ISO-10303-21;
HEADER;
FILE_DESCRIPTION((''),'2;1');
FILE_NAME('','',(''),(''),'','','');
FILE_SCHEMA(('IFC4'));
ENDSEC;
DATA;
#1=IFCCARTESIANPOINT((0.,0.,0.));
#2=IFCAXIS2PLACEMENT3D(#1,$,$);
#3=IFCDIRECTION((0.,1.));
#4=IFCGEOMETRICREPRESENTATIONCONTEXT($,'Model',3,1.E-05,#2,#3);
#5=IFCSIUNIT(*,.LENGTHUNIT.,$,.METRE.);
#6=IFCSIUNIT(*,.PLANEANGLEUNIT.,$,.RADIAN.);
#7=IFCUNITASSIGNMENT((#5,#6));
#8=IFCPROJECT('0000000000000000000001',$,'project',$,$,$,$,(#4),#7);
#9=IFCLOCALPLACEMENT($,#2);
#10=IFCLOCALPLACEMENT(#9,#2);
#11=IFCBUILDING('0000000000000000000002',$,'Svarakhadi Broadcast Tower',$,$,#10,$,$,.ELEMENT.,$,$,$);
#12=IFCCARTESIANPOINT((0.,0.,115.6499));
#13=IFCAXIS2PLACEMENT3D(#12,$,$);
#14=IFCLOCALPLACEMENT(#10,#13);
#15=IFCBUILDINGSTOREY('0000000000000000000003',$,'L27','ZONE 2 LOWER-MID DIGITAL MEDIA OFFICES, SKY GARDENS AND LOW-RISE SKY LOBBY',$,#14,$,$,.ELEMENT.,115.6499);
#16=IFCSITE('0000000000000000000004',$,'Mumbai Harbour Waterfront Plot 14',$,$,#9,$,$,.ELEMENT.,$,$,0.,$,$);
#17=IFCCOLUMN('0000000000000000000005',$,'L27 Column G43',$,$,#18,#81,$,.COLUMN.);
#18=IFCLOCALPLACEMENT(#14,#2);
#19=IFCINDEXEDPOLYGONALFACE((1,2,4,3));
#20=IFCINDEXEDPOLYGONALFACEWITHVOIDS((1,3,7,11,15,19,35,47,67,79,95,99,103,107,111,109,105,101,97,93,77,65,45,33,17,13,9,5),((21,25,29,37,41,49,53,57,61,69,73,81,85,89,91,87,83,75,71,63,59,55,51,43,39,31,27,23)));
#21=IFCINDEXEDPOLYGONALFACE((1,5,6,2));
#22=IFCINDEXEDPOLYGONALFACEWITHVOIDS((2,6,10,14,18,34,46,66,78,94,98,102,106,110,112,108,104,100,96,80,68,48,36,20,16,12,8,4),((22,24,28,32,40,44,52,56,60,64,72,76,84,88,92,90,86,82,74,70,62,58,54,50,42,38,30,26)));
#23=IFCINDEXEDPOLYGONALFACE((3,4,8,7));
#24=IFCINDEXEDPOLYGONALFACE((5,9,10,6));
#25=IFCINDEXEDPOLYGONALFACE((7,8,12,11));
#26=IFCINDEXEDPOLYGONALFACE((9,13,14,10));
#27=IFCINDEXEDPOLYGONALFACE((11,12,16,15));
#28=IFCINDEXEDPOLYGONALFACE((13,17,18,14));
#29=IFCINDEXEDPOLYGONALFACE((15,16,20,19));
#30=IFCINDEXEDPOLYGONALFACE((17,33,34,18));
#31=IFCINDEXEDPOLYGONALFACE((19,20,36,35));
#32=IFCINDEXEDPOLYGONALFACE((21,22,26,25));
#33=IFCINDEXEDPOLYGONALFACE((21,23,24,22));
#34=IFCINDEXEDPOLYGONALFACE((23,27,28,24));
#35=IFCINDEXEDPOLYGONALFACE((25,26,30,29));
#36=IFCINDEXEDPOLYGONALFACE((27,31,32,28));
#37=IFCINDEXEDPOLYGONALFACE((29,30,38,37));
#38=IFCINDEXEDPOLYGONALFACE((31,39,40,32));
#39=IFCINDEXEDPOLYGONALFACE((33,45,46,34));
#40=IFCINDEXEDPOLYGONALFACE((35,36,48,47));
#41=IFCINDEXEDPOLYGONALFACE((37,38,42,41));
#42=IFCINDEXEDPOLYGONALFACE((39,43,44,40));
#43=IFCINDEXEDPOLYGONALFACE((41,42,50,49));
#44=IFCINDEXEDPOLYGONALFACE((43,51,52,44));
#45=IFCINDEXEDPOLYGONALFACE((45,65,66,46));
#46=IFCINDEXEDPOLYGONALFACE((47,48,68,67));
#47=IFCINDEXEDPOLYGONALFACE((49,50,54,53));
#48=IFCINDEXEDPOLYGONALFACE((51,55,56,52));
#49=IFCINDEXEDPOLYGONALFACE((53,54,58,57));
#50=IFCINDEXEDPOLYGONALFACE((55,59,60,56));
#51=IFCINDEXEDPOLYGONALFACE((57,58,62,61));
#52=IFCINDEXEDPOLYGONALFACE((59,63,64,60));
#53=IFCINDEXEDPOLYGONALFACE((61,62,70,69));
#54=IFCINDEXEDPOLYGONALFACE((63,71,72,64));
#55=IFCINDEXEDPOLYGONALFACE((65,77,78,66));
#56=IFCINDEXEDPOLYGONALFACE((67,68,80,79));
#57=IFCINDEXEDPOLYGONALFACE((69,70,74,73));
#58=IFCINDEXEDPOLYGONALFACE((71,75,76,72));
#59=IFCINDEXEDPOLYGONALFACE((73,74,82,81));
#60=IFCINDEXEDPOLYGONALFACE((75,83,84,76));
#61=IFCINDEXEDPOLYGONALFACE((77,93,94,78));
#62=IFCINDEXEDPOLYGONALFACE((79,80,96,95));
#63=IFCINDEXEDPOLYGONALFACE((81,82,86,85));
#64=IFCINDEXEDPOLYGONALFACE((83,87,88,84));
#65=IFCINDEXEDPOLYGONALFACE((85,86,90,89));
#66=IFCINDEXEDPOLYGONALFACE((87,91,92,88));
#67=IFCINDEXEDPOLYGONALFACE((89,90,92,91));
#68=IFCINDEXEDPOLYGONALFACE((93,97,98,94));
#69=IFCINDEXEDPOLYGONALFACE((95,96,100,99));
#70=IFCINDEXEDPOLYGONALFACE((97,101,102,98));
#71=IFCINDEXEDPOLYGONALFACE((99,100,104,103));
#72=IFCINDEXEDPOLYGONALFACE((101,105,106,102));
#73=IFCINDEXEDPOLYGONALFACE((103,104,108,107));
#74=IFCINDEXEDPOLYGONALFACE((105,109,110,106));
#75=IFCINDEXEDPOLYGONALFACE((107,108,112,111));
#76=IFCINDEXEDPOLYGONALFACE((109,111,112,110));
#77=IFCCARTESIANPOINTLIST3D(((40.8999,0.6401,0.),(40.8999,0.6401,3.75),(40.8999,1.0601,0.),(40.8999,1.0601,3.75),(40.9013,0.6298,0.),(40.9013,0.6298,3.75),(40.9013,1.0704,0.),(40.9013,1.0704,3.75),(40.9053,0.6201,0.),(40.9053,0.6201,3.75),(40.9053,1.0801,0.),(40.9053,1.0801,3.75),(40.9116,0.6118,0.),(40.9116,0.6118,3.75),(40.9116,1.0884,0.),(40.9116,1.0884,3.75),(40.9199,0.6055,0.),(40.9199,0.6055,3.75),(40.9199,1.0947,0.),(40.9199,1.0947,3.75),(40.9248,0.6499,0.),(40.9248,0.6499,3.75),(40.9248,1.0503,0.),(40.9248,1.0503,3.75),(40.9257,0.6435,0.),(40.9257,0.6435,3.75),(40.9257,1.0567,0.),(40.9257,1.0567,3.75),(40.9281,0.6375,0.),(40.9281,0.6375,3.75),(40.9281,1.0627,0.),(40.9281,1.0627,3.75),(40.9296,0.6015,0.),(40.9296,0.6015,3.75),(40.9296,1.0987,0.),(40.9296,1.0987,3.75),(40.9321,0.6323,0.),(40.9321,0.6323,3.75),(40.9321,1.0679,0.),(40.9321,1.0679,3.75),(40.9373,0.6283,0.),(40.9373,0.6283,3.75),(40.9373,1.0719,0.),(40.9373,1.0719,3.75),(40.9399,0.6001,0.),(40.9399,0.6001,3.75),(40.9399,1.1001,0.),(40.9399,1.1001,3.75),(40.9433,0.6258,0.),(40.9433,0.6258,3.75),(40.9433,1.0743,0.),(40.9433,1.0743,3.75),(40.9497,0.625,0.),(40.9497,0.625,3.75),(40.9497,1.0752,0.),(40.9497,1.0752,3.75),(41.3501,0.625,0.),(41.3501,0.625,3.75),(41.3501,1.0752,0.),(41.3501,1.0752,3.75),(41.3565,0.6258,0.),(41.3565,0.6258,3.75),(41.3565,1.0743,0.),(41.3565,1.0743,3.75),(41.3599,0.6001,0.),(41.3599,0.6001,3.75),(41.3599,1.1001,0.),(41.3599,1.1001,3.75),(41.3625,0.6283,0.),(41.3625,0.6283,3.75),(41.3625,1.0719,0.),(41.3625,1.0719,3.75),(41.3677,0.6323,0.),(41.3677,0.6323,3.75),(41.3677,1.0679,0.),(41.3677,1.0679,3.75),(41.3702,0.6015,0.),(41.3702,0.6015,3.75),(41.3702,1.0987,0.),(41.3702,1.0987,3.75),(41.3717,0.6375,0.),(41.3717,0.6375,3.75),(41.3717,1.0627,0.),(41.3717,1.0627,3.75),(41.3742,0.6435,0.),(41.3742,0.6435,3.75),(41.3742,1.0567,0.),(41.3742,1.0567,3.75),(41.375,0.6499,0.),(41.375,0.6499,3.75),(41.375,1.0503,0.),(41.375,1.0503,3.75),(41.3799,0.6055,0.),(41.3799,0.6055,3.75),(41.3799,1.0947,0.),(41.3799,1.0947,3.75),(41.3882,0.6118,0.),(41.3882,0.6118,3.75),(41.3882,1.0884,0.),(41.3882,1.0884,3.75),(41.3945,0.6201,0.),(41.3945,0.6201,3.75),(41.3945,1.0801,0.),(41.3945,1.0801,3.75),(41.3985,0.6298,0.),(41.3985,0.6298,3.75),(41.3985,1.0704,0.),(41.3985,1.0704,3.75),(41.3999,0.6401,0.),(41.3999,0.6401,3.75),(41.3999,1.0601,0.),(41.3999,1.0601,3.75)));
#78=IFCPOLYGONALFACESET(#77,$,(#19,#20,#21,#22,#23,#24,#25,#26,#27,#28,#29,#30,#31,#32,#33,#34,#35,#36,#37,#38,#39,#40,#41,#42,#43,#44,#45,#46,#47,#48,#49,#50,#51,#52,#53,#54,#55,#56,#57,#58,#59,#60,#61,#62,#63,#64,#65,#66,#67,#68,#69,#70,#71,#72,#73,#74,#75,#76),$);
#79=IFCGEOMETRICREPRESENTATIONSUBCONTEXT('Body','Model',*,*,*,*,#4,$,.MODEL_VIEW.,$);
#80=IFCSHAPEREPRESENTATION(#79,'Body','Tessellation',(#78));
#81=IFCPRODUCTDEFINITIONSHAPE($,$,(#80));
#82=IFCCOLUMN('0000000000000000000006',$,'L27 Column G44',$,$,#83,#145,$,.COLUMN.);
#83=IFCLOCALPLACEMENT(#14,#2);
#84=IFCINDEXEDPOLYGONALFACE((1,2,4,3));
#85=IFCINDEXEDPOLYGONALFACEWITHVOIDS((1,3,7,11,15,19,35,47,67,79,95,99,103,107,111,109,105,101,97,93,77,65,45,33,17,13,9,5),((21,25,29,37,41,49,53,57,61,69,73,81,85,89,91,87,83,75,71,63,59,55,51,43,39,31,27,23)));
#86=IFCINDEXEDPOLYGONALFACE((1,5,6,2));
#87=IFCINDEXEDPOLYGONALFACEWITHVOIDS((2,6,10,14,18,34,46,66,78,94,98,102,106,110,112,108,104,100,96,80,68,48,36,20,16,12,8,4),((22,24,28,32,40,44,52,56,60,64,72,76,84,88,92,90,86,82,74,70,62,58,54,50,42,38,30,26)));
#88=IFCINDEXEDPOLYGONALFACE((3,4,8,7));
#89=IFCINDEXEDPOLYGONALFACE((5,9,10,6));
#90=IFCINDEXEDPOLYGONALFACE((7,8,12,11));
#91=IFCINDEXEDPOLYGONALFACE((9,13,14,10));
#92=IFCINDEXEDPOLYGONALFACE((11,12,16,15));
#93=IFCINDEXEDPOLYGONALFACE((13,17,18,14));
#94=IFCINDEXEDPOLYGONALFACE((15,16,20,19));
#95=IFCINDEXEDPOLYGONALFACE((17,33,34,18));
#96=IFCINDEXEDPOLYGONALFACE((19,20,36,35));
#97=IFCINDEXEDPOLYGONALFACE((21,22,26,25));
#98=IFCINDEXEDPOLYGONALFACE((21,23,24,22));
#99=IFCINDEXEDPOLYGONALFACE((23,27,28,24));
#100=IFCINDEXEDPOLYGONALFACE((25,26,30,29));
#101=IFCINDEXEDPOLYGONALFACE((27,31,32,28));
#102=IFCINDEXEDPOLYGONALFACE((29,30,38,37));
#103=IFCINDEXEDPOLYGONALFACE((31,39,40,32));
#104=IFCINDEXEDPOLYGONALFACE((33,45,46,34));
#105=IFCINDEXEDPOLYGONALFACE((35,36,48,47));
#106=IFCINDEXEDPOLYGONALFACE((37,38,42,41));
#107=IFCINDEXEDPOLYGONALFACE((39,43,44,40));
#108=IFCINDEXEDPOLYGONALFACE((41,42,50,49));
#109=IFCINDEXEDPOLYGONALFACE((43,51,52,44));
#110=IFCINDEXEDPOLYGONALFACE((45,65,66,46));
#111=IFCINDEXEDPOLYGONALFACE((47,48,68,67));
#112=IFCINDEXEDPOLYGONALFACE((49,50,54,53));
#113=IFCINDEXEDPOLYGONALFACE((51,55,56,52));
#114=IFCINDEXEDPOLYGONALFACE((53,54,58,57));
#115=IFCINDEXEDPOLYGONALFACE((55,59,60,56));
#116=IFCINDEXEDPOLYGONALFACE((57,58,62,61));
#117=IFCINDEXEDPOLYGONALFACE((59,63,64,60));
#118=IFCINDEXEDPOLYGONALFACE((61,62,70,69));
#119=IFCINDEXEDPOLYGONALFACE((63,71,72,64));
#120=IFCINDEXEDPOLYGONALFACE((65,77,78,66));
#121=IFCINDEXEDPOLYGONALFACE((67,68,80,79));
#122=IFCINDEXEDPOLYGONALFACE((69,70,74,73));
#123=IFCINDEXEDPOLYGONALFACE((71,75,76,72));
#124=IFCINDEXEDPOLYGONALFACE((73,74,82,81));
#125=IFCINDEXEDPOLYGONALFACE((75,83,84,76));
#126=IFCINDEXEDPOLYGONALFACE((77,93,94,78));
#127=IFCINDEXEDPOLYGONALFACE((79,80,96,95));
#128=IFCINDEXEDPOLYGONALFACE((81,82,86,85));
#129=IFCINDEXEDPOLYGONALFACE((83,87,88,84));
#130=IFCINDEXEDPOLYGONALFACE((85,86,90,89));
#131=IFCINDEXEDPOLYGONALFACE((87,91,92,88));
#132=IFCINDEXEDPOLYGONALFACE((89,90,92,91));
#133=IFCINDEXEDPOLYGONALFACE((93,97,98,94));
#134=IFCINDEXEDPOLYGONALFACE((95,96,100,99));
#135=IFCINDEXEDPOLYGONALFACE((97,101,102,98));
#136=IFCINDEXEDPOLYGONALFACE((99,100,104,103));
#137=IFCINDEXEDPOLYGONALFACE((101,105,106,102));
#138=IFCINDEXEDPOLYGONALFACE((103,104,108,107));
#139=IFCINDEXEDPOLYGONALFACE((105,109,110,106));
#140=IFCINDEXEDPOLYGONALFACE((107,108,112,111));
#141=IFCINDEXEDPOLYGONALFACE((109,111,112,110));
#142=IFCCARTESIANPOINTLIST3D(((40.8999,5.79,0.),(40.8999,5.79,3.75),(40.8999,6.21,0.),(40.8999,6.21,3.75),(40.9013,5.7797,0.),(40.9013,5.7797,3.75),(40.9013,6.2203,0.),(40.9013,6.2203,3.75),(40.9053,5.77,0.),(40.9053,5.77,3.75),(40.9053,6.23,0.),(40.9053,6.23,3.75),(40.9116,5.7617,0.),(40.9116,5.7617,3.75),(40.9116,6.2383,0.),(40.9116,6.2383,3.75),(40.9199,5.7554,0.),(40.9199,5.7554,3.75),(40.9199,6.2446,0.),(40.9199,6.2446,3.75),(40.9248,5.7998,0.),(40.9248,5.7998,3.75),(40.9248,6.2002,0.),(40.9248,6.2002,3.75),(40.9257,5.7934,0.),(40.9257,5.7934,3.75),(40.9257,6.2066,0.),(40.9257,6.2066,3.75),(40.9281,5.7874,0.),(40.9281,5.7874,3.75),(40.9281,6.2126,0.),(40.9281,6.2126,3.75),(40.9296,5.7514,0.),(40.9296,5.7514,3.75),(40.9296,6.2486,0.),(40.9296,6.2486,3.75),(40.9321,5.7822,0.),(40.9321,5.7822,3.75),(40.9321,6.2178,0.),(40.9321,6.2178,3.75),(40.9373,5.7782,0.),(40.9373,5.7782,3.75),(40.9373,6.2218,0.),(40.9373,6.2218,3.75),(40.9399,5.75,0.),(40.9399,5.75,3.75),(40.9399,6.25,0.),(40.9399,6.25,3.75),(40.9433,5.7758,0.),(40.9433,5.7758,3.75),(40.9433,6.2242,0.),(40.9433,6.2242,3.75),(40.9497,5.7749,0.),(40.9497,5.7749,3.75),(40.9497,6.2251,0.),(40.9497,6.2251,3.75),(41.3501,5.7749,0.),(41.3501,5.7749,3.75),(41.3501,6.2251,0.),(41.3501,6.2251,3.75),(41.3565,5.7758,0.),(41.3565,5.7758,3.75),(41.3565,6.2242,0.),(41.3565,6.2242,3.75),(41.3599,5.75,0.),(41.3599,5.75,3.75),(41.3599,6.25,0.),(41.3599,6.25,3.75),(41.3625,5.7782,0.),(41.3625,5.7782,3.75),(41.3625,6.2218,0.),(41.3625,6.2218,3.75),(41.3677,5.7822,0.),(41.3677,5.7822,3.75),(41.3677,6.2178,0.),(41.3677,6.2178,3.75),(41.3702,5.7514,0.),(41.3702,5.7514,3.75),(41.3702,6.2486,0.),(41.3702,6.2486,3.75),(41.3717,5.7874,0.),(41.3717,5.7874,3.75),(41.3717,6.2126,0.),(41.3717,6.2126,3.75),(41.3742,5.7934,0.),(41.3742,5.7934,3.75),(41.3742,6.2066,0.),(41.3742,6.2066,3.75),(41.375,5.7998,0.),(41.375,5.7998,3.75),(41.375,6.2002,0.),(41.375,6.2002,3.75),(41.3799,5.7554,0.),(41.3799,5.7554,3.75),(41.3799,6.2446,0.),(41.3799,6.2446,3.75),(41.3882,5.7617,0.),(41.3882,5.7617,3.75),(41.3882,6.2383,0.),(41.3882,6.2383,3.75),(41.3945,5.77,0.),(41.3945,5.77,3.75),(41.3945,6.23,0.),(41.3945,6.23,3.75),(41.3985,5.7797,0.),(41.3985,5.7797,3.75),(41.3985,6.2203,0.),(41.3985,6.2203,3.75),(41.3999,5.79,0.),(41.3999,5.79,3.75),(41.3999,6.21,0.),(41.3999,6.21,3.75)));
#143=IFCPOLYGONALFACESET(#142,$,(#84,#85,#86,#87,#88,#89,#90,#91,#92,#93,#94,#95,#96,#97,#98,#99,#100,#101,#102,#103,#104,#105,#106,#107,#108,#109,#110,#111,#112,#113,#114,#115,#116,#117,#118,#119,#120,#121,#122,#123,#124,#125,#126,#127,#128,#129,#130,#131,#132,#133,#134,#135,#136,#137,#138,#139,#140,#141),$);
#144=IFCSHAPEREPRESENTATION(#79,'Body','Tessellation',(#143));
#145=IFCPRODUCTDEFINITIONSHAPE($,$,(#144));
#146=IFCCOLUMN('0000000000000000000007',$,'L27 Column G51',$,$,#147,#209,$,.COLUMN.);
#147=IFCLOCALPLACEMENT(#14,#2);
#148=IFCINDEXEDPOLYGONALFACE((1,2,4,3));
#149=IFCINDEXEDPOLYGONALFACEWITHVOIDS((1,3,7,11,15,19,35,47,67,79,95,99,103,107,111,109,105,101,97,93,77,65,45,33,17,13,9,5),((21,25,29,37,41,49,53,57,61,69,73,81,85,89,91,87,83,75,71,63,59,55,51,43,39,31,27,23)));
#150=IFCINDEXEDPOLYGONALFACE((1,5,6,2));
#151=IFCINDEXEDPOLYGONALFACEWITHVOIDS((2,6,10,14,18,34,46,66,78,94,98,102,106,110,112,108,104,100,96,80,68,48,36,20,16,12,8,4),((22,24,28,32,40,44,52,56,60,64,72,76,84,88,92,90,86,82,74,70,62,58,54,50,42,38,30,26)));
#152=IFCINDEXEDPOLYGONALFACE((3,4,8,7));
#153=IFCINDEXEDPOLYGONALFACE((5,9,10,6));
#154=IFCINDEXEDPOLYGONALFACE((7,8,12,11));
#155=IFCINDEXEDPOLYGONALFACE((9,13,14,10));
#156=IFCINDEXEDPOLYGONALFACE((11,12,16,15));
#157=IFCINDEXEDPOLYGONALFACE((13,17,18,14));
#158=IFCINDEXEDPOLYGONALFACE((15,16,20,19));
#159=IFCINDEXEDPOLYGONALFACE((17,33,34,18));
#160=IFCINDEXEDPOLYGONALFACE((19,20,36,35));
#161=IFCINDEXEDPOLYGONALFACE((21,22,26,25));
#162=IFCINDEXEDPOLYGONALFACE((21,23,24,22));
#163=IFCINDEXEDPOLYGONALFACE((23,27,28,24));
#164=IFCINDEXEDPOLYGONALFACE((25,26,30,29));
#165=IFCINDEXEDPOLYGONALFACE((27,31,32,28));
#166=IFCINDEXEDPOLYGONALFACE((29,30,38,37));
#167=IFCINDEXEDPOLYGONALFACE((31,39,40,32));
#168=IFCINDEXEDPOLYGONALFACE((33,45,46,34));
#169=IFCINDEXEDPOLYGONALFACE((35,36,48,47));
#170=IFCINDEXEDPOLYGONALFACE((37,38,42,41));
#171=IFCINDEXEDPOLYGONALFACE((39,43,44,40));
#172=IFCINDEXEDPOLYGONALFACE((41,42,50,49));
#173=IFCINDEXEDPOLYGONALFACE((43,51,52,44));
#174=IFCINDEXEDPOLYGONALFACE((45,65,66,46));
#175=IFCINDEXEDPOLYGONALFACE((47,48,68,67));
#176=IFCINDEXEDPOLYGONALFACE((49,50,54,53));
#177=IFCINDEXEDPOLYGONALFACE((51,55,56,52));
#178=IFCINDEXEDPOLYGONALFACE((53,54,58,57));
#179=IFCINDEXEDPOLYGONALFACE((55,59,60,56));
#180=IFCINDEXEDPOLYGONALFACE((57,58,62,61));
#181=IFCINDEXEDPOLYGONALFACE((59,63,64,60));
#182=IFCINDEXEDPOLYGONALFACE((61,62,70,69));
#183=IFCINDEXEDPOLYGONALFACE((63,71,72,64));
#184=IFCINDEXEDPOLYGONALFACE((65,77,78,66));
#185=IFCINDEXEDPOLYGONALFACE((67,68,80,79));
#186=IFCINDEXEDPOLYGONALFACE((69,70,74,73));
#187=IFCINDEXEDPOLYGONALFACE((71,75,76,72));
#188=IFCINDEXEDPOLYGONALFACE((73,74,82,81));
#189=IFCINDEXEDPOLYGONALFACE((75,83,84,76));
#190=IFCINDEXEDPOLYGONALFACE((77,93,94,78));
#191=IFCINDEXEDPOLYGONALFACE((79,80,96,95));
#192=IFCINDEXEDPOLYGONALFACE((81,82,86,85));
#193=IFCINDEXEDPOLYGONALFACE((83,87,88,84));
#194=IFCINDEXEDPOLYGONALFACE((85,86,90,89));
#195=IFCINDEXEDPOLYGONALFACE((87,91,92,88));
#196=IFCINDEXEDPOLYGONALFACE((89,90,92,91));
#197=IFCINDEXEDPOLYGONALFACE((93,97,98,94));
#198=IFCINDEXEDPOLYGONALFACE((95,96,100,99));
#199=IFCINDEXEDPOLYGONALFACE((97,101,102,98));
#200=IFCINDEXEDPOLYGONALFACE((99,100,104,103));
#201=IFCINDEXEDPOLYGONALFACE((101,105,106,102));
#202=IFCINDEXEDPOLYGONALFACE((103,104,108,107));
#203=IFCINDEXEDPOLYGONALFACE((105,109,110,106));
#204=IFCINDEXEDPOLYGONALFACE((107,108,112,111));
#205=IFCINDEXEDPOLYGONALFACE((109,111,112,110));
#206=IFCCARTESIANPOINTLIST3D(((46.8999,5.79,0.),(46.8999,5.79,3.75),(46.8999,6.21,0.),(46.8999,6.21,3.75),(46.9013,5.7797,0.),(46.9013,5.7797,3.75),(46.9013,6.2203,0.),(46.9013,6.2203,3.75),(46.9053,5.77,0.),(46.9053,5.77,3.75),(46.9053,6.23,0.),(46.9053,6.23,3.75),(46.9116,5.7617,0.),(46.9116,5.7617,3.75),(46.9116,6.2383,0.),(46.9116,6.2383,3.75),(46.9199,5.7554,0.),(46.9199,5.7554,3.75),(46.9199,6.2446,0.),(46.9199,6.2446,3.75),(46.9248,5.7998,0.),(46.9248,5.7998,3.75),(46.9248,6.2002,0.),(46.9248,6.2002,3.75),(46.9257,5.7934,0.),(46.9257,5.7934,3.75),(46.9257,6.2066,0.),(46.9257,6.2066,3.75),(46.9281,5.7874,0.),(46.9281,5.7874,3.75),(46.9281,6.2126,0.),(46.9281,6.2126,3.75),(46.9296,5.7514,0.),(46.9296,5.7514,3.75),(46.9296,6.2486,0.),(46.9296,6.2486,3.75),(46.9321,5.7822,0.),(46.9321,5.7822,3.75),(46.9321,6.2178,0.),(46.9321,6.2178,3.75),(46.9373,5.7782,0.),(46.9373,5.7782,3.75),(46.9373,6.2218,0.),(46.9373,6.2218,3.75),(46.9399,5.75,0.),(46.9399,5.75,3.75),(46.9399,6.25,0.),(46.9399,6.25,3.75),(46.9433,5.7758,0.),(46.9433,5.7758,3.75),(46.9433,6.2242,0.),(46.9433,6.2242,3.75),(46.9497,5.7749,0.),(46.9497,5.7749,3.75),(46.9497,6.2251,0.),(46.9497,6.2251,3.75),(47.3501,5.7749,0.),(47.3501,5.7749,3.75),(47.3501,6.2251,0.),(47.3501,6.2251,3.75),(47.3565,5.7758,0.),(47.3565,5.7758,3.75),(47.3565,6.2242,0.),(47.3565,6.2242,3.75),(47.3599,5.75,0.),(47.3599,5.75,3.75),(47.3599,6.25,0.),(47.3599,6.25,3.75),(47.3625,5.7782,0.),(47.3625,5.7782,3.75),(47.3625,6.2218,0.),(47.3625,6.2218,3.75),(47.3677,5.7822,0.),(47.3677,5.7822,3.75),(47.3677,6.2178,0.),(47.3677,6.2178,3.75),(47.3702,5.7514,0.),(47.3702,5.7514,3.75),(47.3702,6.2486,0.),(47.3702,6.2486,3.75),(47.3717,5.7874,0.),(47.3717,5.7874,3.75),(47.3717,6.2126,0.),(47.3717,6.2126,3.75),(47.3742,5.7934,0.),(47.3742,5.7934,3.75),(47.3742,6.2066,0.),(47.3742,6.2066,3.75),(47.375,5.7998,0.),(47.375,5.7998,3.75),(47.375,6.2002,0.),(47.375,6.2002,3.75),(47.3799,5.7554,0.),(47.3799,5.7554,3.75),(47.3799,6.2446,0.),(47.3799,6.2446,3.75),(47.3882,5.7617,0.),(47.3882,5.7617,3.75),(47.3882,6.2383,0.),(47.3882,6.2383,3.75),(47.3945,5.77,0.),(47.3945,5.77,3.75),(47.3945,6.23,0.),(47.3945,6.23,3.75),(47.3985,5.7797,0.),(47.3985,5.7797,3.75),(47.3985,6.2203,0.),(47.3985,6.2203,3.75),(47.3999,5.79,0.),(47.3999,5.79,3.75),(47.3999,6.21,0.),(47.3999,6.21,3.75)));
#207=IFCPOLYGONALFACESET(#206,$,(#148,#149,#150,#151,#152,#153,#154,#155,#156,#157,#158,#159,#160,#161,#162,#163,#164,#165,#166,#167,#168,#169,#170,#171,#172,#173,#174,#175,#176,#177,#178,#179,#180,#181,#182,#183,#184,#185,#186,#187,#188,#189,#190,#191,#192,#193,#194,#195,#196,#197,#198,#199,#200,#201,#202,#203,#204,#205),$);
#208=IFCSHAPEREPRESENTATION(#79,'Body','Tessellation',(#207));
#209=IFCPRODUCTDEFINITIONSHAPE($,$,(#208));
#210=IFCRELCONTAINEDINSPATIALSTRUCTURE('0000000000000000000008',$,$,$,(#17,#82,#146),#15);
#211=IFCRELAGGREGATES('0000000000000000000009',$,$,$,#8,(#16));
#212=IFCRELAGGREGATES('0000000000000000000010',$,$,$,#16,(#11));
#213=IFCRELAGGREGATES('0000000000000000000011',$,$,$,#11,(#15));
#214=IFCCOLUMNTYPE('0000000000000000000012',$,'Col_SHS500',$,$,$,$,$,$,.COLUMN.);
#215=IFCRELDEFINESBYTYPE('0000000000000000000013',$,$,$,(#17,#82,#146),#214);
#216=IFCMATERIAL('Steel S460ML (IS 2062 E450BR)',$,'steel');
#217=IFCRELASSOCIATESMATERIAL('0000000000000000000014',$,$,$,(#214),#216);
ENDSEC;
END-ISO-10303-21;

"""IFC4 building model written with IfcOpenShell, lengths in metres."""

from ifc_helpers import new_model, si_unit, direction, frame, origin, origin_2d, place, context, subcontext, project, spatial, hollow_rectangle, extrude, material, material_profile, profile_set, type_object, element, save


model = new_model("IFC4")

# Units and contexts
model_context = context("Model", 3, precision=1e-05, world=origin(), true_north=direction((0.0, 1.0)))
body_context = subcontext(model_context, "Body", "Model", "MODEL_VIEW")
ifc_project = project(units=[si_unit("LENGTHUNIT", "METRE"), si_unit("PLANEANGLEUNIT", "RADIAN")], contexts=[model_context])

# Site, building, storey
site_placement = place(None, origin())
site = spatial("IfcSite", under=ifc_project, at=site_placement, Name="Mumbai Harbour Waterfront Plot 14", CompositionType="ELEMENT", RefElevation=0.0)
building_placement = place(site_placement, origin())
building = spatial("IfcBuilding", under=site, at=building_placement, Name="Svarakhadi Broadcast Tower", CompositionType="ELEMENT")
storey_placement = place(building_placement, frame((0.0, 0.0, 115.6499)))
storey = spatial("IfcBuildingStorey", under=building, at=storey_placement, Name="L27", Description="ZONE 2 LOWER-MID DIGITAL MEDIA OFFICES, SKY GARDENS AND LOW-RISE SKY LOBBY", CompositionType="ELEMENT", Elevation=115.6499)

# Columns
ifc_material_1 = material(Name="Steel S460ML (IS 2062 E450BR)", Category="steel")
ifc_material_profile_1 = material_profile(ifc_material_1, hollow_rectangle(XDim=0.5, YDim=0.5, WallThickness=0.0249, InnerFilletRadius=0.0249, OuterFilletRadius=0.04, at=origin_2d()), Name="SHS 500x500x25")
ifc_profile_set_1 = profile_set([ifc_material_profile_1], Name="Steel S460ML (IS 2062 E450BR)")
column_type = type_object("IfcColumnType", Name="Col_SHS500", PredefinedType="COLUMN", material=ifc_profile_set_1)
for number, where, z_axis, x_axis, name in (
    (1, (41.1499, 0.8501, 0.0), (0.0, 0.0, 1.0), (1.0, 0.0, 0.0), "L27 Column G43"),
    (2, (41.1499, 6.0, 0.0), (0.0, 0.0, 1.0), (1.0, 0.0, 0.0), "L27 Column G44"),
    (3, (47.1499, 6.0, 0.0), (0.0, 0.0, 1.0), (1.0, 0.0, 0.0), "L27 Column G51"),
):
    element("IfcColumn", number, at=place(storey_placement, frame(where, z_axis=z_axis, x_axis=x_axis)), inside=storey, type_object=column_type, Name=name, PredefinedType="COLUMN", context=body_context, shape_type="SweptSolid", body=[
        extrude(hollow_rectangle(XDim=0.5, YDim=0.5, WallThickness=0.0249, InnerFilletRadius=0.0249, OuterFilletRadius=0.04, at=origin_2d()), origin(), (0.0, 0.0, 1.0), 3.75),
    ])

save(model, "model.ifc")
